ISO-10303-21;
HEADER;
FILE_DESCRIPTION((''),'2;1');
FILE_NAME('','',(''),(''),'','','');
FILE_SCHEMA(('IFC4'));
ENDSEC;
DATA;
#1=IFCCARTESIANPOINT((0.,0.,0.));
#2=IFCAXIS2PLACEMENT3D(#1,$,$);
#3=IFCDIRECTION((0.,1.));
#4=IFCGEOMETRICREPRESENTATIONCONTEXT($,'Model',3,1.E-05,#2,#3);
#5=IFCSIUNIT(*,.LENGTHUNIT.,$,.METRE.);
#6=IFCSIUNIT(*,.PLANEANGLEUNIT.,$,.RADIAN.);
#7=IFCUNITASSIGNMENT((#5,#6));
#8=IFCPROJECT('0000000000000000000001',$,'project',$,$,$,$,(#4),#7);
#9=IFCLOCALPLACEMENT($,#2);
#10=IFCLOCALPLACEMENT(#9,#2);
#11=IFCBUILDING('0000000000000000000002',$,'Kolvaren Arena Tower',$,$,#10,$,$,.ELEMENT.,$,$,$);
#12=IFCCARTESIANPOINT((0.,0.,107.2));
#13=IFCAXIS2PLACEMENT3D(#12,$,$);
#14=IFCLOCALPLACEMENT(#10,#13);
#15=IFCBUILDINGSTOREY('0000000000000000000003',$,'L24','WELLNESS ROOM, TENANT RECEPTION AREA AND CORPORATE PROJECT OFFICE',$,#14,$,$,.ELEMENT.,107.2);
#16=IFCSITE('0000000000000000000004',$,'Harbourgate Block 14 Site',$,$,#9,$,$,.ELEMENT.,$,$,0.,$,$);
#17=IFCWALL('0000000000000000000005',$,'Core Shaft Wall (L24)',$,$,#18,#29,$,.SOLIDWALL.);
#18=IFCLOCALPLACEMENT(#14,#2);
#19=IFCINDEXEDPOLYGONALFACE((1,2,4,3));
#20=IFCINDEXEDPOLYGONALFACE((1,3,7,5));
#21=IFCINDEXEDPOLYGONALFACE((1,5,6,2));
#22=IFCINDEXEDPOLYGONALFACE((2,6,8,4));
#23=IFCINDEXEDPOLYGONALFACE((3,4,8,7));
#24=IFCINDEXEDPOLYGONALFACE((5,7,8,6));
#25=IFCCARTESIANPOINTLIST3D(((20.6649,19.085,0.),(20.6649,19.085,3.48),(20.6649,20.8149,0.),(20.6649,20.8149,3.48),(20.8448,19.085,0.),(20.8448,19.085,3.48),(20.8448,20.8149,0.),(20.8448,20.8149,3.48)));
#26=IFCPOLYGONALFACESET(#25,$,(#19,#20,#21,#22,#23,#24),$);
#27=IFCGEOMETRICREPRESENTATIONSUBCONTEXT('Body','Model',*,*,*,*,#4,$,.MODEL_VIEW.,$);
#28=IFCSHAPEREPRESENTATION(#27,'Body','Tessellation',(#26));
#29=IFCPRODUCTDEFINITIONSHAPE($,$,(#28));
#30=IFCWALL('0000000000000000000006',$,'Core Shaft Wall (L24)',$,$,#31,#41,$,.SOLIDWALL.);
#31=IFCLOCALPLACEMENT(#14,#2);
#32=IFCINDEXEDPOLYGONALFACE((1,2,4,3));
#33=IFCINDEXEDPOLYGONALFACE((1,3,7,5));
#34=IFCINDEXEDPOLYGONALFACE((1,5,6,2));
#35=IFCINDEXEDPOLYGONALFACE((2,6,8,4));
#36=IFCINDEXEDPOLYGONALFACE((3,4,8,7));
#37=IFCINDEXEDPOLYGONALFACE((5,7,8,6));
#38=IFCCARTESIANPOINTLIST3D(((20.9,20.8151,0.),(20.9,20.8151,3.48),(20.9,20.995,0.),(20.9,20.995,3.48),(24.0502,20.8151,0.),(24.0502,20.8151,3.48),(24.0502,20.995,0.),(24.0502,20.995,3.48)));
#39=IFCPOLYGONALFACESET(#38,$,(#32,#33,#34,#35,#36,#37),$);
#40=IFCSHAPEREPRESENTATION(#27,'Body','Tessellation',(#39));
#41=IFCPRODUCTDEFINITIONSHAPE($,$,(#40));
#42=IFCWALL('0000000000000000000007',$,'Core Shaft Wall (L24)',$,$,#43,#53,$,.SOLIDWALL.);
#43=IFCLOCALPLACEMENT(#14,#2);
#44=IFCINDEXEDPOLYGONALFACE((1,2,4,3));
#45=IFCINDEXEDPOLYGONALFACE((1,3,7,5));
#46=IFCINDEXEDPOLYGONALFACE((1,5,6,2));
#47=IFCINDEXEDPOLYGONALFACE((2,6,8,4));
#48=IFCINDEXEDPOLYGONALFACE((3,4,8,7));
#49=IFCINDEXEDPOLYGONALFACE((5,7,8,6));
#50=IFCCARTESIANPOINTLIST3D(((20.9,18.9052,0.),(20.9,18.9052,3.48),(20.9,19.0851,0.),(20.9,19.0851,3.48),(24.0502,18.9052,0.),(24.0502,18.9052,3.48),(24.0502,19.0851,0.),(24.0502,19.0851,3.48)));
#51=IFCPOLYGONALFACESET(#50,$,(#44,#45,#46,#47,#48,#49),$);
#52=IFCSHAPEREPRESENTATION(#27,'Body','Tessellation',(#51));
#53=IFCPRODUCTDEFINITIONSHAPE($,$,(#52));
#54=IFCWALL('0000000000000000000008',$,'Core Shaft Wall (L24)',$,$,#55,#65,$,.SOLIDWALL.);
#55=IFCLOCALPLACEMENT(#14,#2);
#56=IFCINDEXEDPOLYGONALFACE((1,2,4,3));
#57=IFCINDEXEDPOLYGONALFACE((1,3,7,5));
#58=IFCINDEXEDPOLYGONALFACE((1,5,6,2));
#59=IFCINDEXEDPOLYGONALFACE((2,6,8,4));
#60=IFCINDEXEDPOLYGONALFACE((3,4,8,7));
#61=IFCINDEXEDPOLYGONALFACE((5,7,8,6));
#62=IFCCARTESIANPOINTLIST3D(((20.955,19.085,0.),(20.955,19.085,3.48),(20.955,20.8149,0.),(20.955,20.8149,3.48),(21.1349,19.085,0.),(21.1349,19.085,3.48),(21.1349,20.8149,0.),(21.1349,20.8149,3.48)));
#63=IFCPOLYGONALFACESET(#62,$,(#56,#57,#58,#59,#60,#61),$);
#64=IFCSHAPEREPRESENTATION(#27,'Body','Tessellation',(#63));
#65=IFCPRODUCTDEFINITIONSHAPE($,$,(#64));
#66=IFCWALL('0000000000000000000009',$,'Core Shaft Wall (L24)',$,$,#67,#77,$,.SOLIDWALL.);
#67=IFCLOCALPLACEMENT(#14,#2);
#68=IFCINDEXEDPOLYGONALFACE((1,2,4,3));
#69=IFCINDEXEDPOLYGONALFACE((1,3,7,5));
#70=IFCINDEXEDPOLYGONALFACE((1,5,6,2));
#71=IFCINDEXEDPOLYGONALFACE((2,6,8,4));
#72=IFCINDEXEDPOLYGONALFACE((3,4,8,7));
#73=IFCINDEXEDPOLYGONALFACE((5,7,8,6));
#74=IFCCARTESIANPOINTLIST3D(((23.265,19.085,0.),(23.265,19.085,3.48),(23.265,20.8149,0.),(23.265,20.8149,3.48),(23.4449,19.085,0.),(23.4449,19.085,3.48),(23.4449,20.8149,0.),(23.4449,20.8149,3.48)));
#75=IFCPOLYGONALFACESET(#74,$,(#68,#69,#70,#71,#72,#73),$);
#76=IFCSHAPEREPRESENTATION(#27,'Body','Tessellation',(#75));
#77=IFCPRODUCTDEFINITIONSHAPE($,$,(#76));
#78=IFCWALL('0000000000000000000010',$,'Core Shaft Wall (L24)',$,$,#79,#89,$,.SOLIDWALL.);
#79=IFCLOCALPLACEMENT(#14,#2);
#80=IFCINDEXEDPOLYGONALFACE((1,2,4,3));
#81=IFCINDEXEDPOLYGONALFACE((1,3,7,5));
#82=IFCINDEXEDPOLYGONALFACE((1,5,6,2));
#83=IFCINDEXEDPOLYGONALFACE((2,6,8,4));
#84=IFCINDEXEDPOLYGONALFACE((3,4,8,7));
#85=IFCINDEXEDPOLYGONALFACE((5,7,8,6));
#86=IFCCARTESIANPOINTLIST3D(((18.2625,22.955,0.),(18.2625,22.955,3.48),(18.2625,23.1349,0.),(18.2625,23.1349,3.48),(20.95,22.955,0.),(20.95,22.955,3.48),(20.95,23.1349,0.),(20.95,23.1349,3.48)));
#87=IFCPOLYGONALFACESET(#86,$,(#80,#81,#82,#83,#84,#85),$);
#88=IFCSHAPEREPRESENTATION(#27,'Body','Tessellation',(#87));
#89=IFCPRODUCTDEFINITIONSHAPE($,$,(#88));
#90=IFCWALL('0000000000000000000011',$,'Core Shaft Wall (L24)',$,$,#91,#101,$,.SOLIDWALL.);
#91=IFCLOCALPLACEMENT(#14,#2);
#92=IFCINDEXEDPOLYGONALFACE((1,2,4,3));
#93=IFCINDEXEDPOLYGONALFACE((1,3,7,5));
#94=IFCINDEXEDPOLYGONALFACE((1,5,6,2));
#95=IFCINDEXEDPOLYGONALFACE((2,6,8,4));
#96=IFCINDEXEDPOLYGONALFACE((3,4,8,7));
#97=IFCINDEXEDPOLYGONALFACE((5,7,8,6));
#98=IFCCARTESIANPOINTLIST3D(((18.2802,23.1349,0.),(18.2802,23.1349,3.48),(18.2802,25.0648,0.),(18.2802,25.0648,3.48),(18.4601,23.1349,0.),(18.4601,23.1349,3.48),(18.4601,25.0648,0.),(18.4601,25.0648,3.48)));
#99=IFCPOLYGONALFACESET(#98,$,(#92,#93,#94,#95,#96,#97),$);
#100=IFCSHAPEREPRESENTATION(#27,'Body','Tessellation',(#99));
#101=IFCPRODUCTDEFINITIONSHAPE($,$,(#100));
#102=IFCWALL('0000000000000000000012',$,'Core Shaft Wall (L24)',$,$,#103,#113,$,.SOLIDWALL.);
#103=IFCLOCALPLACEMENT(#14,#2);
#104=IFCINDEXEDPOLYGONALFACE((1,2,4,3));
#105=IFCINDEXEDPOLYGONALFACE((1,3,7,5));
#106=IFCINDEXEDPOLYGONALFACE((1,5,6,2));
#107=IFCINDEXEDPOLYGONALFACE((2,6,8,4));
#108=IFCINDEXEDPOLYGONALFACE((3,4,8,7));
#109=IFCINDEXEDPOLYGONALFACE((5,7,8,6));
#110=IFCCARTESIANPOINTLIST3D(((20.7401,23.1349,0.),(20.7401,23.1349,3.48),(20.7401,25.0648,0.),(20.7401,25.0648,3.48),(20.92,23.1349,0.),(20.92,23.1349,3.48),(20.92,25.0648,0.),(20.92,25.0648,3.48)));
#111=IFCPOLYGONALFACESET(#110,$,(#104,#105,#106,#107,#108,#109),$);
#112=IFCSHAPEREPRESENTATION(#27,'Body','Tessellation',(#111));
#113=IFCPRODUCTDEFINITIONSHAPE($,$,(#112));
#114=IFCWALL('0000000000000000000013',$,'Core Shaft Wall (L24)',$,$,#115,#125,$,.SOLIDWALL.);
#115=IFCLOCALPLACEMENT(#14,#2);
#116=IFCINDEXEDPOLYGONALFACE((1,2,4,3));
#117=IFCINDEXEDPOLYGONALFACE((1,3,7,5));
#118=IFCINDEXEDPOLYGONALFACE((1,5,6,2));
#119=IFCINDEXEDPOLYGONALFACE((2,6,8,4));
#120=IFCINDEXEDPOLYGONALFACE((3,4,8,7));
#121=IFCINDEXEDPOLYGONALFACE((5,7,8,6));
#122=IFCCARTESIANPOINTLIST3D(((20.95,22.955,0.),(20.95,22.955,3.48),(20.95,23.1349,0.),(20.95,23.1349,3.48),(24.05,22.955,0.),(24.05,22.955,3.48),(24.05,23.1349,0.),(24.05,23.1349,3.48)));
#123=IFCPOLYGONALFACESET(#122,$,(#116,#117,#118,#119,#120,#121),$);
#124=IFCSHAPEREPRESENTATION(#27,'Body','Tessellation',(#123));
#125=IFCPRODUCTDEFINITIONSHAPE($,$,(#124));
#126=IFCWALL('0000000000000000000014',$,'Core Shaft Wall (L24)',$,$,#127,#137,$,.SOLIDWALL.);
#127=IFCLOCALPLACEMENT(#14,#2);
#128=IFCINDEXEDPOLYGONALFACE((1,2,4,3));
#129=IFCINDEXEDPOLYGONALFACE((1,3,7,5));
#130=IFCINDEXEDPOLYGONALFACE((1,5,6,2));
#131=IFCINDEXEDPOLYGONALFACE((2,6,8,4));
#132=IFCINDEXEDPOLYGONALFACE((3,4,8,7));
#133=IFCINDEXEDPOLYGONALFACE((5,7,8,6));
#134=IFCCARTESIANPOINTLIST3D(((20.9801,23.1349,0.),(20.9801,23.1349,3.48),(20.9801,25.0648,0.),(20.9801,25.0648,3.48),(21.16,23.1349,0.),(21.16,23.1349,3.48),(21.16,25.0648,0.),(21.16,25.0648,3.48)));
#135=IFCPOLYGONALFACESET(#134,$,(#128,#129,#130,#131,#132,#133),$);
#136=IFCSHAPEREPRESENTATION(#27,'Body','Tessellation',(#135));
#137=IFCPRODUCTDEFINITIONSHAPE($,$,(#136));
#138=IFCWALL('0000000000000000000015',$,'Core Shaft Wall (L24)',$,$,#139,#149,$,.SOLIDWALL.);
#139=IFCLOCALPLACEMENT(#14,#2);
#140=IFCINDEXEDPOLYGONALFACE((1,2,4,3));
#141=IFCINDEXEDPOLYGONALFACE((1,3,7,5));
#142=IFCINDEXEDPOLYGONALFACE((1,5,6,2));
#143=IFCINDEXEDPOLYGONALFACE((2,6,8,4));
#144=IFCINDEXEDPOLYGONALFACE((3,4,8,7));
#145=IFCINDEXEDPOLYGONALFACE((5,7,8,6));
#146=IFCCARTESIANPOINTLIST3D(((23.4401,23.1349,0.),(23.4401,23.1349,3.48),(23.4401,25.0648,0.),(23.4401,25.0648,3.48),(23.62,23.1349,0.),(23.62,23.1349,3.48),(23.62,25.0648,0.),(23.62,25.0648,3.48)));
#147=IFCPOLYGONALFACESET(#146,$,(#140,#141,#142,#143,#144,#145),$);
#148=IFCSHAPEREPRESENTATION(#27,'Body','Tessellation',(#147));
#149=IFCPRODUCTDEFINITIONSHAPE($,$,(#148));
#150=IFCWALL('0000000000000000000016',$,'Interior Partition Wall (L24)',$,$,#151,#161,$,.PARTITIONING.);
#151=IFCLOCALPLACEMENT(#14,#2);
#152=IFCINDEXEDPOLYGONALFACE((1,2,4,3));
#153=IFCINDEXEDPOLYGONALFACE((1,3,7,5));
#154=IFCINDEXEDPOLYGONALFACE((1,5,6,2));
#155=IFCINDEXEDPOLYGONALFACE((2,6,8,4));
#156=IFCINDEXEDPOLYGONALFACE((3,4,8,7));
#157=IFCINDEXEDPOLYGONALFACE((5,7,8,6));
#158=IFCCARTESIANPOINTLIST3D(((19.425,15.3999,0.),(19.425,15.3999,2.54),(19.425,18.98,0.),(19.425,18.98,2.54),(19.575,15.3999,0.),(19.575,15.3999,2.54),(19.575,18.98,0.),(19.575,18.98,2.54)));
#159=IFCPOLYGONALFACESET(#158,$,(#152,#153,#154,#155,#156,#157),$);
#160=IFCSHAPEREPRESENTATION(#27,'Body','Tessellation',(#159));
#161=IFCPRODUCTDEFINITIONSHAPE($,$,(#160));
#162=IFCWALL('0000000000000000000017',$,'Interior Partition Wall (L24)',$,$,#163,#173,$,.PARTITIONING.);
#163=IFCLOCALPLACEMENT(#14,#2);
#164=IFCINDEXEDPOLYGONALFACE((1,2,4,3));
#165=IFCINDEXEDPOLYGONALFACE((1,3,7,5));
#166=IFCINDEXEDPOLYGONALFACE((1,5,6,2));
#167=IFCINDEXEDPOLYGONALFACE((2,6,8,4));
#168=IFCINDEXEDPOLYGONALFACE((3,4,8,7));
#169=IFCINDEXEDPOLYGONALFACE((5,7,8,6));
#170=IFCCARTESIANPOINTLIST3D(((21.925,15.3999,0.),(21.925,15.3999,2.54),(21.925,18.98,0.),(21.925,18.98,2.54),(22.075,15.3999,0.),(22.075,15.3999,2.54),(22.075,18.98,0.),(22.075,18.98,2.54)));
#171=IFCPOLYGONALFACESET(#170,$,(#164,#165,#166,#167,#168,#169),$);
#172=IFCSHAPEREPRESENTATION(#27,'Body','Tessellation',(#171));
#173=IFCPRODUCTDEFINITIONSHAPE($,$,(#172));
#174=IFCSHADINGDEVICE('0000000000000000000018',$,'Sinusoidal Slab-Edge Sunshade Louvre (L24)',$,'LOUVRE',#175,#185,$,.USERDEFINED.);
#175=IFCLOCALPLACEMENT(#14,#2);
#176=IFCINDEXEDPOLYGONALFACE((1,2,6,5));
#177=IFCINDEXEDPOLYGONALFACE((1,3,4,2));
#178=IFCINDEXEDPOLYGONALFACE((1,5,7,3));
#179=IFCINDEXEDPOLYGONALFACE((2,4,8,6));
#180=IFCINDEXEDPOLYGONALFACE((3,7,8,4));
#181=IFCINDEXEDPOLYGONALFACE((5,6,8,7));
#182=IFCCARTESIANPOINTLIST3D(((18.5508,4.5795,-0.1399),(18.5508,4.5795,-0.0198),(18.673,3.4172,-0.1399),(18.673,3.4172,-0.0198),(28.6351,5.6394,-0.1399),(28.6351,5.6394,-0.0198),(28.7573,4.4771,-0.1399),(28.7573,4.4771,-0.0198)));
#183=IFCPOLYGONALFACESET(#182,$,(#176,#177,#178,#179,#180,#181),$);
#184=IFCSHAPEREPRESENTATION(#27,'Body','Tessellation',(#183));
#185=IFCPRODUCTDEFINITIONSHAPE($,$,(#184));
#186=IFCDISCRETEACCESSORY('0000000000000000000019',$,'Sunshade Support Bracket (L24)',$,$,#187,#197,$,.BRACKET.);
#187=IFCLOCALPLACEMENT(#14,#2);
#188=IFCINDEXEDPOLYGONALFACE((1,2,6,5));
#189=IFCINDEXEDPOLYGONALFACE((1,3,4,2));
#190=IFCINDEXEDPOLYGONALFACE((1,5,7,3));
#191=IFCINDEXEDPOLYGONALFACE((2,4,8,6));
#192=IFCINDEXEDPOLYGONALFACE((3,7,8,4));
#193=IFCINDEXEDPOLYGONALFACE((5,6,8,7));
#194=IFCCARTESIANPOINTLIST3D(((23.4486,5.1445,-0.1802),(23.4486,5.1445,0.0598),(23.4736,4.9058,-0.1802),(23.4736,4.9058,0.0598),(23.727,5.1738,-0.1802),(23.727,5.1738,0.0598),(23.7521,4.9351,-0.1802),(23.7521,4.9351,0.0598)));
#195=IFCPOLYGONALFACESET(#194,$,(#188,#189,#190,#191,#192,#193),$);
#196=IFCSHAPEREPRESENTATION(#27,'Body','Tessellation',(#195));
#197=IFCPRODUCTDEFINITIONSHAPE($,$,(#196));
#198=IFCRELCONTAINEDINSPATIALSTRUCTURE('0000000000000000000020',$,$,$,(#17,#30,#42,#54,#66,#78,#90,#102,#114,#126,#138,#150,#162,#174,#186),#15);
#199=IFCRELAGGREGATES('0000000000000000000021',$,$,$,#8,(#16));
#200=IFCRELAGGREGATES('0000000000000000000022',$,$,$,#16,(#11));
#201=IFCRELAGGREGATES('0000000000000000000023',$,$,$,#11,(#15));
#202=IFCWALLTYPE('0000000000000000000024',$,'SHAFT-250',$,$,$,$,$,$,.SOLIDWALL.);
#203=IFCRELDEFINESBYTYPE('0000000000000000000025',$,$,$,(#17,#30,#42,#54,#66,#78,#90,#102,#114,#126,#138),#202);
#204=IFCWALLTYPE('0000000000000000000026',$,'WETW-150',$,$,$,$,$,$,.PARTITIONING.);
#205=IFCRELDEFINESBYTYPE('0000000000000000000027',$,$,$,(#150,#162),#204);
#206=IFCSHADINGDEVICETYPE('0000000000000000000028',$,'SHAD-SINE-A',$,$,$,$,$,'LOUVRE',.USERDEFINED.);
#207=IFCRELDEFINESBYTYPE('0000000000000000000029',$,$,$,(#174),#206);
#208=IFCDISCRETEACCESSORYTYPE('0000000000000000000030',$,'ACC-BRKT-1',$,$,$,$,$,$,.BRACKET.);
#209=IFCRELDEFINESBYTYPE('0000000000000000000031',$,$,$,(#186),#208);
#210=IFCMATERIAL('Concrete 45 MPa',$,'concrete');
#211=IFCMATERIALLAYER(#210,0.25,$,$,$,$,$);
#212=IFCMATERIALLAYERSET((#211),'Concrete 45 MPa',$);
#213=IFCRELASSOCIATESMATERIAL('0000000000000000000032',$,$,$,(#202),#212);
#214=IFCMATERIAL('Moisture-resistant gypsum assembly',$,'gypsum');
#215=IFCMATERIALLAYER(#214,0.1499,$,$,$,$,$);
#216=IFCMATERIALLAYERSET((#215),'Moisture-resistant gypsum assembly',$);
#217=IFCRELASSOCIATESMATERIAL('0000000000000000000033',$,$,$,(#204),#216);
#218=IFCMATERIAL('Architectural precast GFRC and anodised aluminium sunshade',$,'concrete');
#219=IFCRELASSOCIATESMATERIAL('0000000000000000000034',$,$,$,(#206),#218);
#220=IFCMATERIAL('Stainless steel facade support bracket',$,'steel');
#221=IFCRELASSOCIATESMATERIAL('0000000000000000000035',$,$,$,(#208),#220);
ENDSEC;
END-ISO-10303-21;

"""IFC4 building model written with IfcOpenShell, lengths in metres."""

from ifc_helpers import new_model, si_unit, direction, frame, frame_2d, origin, origin_2d, place, context, subcontext, project, spatial, rectangle, extrude, material, layer, layer_set, type_object, element, save


model = new_model("IFC4")

# Units and contexts
model_context = context("Model", 3, precision=1e-05, world=origin(), true_north=direction((0.0, 1.0)))
body_context = subcontext(model_context, "Body", "Model", "MODEL_VIEW")
ifc_project = project(units=[si_unit("LENGTHUNIT", "METRE"), si_unit("PLANEANGLEUNIT", "RADIAN")], contexts=[model_context])

# Site, building, storey
site_placement = place(None, origin())
site = spatial("IfcSite", under=ifc_project, at=site_placement, Name="Harbourgate Block 14 Site", CompositionType="ELEMENT", RefElevation=0.0)
building_placement = place(site_placement, origin())
building = spatial("IfcBuilding", under=site, at=building_placement, Name="Kolvaren Arena Tower", CompositionType="ELEMENT")
storey_placement = place(building_placement, frame((0.0, 0.0, 107.2)))
storey = spatial("IfcBuildingStorey", under=building, at=storey_placement, Name="L24", Description="WELLNESS ROOM, TENANT RECEPTION AREA AND CORPORATE PROJECT OFFICE", CompositionType="ELEMENT", Elevation=107.2)

# Walls
ifc_material_1 = material(Name="Concrete 45 MPa", Category="concrete")
ifc_layer_1 = layer(ifc_material_1, 0.25)
ifc_layer_set_1 = layer_set([ifc_layer_1], Name="Concrete 45 MPa")
wall_type_1 = type_object("IfcWallType", Name="SHAFT-250", PredefinedType="SOLIDWALL", material=ifc_layer_set_1)
for number, where, z_axis, x_axis, name in (
    (1, (20.7549, 19.085, 0.0), (0.0, 0.0, 1.0), (0.0, 1.0, 0.0), "Core Shaft Wall (L24)"),
):
    element("IfcWall", number, at=place(storey_placement, frame(where, z_axis=z_axis, x_axis=x_axis)), inside=storey, type_object=wall_type_1, Name=name, PredefinedType="SOLIDWALL", context=body_context, shape_type="SweptSolid", body=[
        extrude(rectangle(XDim=1.73, YDim=0.1799, at=frame_2d((0.865, 0.0))), origin(), (0.0, 0.0, 1.0), 3.48),
    ])
for number, where, z_axis, x_axis, name in (
    (2, (20.8999, 20.905, 0.0), (0.0, 0.0, 1.0), (1.0, 0.0, 0.0), "Core Shaft Wall (L24)"),
    (3, (20.8999, 18.9951, 0.0), (0.0, 0.0, 1.0), (1.0, 0.0, 0.0), "Core Shaft Wall (L24)"),
):
    element("IfcWall", number, at=place(storey_placement, frame(where, z_axis=z_axis, x_axis=x_axis)), inside=storey, type_object=wall_type_1, Name=name, PredefinedType="SOLIDWALL", context=body_context, shape_type="SweptSolid", body=[
        extrude(rectangle(XDim=3.1501, YDim=0.1799, at=frame_2d((1.5752, 0.0))), origin(), (0.0, 0.0, 1.0), 3.48),
    ])
for number, where, z_axis, x_axis, name in (
    (4, (21.0449, 19.085, 0.0), (0.0, 0.0, 1.0), (0.0, 1.0, 0.0), "Core Shaft Wall (L24)"),
    (5, (23.355, 19.085, 0.0), (0.0, 0.0, 1.0), (0.0, 1.0, 0.0), "Core Shaft Wall (L24)"),
):
    element("IfcWall", number, at=place(storey_placement, frame(where, z_axis=z_axis, x_axis=x_axis)), inside=storey, type_object=wall_type_1, Name=name, PredefinedType="SOLIDWALL", context=body_context, shape_type="SweptSolid", body=[
        extrude(rectangle(XDim=1.73, YDim=0.1799, at=frame_2d((0.865, 0.0))), origin(), (0.0, 0.0, 1.0), 3.48),
    ])
wall_1_placement = place(storey_placement, frame((18.2625, 23.0449, 0.0), z_axis=(0.0, 0.0, 1.0), x_axis=(1.0, 0.0, 0.0)))
element("IfcWall", 6, at=wall_1_placement, inside=storey, type_object=wall_type_1, Name="Core Shaft Wall (L24)", PredefinedType="SOLIDWALL", context=body_context, shape_type="SweptSolid", body=[
    extrude(rectangle(XDim=2.6875, YDim=0.1799, at=frame_2d((1.3438, 0.0))), origin(), (0.0, 0.0, 1.0), 3.48),
])
for number, where, z_axis, x_axis, name in (
    (7, (18.3701, 23.135, 0.0), (0.0, 0.0, 1.0), (0.0, 1.0, 0.0), "Core Shaft Wall (L24)"),
    (8, (20.8301, 23.135, 0.0), (0.0, 0.0, 1.0), (0.0, 1.0, 0.0), "Core Shaft Wall (L24)"),
):
    element("IfcWall", number, at=place(storey_placement, frame(where, z_axis=z_axis, x_axis=x_axis)), inside=storey, type_object=wall_type_1, Name=name, PredefinedType="SOLIDWALL", context=body_context, shape_type="SweptSolid", body=[
        extrude(rectangle(XDim=1.9299, YDim=0.1799, at=frame_2d((0.9648, 0.0))), origin(), (0.0, 0.0, 1.0), 3.48),
    ])
wall_2_placement = place(storey_placement, frame((20.95, 23.0449, 0.0), z_axis=(0.0, 0.0, 1.0), x_axis=(1.0, 0.0, 0.0)))
element("IfcWall", 9, at=wall_2_placement, inside=storey, type_object=wall_type_1, Name="Core Shaft Wall (L24)", PredefinedType="SOLIDWALL", context=body_context, shape_type="SweptSolid", body=[
    extrude(rectangle(XDim=3.1001, YDim=0.1799, at=frame_2d((1.55, 0.0))), origin(), (0.0, 0.0, 1.0), 3.48),
])
for number, where, z_axis, x_axis, name in (
    (10, (21.0701, 23.135, 0.0), (0.0, 0.0, 1.0), (0.0, 1.0, 0.0), "Core Shaft Wall (L24)"),
    (11, (23.53, 23.135, 0.0), (0.0, 0.0, 1.0), (0.0, 1.0, 0.0), "Core Shaft Wall (L24)"),
):
    element("IfcWall", number, at=place(storey_placement, frame(where, z_axis=z_axis, x_axis=x_axis)), inside=storey, type_object=wall_type_1, Name=name, PredefinedType="SOLIDWALL", context=body_context, shape_type="SweptSolid", body=[
        extrude(rectangle(XDim=1.9299, YDim=0.1799, at=frame_2d((0.9648, 0.0))), origin(), (0.0, 0.0, 1.0), 3.48),
    ])
ifc_material_2 = material(Name="Moisture-resistant gypsum assembly", Category="gypsum")
ifc_layer_2 = layer(ifc_material_2, 0.1499)
ifc_layer_set_2 = layer_set([ifc_layer_2], Name="Moisture-resistant gypsum assembly")
wall_type_2 = type_object("IfcWallType", Name="WETW-150", PredefinedType="PARTITIONING", material=ifc_layer_set_2)
for number, where, z_axis, x_axis, name in (
    (12, (19.5, 15.3999, 0.0), (0.0, 0.0, 1.0), (0.0, 1.0, 0.0), "Interior Partition Wall (L24)"),
    (13, (22.0, 15.3999, 0.0), (0.0, 0.0, 1.0), (0.0, 1.0, 0.0), "Interior Partition Wall (L24)"),
):
    element("IfcWall", number, at=place(storey_placement, frame(where, z_axis=z_axis, x_axis=x_axis)), inside=storey, type_object=wall_type_2, Name=name, PredefinedType="PARTITIONING", context=body_context, shape_type="SweptSolid", body=[
        extrude(rectangle(XDim=3.5801, YDim=0.1499, at=frame_2d((1.79, 0.0))), origin(), (0.0, 0.0, 1.0), 2.54),
    ])

# Shading device
ifc_material_3 = material(Name="Architectural precast GFRC and anodised aluminium sunshade", Category="concrete")
shading_device_type = type_object("IfcShadingDeviceType", Name="SHAD-SINE-A", ElementType="LOUVRE", PredefinedType="USERDEFINED", material=ifc_material_3)
shading_device_placement = place(storey_placement, frame((23.6541, 4.5283, -0.1399), z_axis=(0.0, 0.0, 1.0), x_axis=(-0.994522, -0.104527, 0.0)))
element("IfcShadingDevice", 14, at=shading_device_placement, inside=storey, type_object=shading_device_type, Name="Sinusoidal Slab-Edge Sunshade Louvre (L24)", ObjectType="LOUVRE", PredefinedType="USERDEFINED", context=body_context, shape_type="SweptSolid", body=[
    extrude(rectangle(XDim=10.1399, YDim=1.1687, at=origin_2d()), origin(), (0.0, 0.0, 1.0), 0.1201),
])

# Discrete accessory
ifc_material_4 = material(Name="Stainless steel facade support bracket", Category="steel")
discrete_accessory_type = type_object("IfcDiscreteAccessoryType", Name="ACC-BRKT-1", PredefinedType="BRACKET", material=ifc_material_4)
discrete_accessory_placement = place(storey_placement, frame((23.6003, 5.0398, -0.1802), z_axis=(0.0, 0.0, 1.0), x_axis=(-0.994522, -0.104527, 0.0)))
element("IfcDiscreteAccessory", 15, at=discrete_accessory_placement, inside=storey, type_object=discrete_accessory_type, Name="Sunshade Support Bracket (L24)", PredefinedType="BRACKET", context=body_context, shape_type="SweptSolid", body=[
    extrude(rectangle(XDim=0.28, YDim=0.24, at=origin_2d()), origin(), (0.0, 0.0, 1.0), 0.24),
])

save(model, "model.ifc")
